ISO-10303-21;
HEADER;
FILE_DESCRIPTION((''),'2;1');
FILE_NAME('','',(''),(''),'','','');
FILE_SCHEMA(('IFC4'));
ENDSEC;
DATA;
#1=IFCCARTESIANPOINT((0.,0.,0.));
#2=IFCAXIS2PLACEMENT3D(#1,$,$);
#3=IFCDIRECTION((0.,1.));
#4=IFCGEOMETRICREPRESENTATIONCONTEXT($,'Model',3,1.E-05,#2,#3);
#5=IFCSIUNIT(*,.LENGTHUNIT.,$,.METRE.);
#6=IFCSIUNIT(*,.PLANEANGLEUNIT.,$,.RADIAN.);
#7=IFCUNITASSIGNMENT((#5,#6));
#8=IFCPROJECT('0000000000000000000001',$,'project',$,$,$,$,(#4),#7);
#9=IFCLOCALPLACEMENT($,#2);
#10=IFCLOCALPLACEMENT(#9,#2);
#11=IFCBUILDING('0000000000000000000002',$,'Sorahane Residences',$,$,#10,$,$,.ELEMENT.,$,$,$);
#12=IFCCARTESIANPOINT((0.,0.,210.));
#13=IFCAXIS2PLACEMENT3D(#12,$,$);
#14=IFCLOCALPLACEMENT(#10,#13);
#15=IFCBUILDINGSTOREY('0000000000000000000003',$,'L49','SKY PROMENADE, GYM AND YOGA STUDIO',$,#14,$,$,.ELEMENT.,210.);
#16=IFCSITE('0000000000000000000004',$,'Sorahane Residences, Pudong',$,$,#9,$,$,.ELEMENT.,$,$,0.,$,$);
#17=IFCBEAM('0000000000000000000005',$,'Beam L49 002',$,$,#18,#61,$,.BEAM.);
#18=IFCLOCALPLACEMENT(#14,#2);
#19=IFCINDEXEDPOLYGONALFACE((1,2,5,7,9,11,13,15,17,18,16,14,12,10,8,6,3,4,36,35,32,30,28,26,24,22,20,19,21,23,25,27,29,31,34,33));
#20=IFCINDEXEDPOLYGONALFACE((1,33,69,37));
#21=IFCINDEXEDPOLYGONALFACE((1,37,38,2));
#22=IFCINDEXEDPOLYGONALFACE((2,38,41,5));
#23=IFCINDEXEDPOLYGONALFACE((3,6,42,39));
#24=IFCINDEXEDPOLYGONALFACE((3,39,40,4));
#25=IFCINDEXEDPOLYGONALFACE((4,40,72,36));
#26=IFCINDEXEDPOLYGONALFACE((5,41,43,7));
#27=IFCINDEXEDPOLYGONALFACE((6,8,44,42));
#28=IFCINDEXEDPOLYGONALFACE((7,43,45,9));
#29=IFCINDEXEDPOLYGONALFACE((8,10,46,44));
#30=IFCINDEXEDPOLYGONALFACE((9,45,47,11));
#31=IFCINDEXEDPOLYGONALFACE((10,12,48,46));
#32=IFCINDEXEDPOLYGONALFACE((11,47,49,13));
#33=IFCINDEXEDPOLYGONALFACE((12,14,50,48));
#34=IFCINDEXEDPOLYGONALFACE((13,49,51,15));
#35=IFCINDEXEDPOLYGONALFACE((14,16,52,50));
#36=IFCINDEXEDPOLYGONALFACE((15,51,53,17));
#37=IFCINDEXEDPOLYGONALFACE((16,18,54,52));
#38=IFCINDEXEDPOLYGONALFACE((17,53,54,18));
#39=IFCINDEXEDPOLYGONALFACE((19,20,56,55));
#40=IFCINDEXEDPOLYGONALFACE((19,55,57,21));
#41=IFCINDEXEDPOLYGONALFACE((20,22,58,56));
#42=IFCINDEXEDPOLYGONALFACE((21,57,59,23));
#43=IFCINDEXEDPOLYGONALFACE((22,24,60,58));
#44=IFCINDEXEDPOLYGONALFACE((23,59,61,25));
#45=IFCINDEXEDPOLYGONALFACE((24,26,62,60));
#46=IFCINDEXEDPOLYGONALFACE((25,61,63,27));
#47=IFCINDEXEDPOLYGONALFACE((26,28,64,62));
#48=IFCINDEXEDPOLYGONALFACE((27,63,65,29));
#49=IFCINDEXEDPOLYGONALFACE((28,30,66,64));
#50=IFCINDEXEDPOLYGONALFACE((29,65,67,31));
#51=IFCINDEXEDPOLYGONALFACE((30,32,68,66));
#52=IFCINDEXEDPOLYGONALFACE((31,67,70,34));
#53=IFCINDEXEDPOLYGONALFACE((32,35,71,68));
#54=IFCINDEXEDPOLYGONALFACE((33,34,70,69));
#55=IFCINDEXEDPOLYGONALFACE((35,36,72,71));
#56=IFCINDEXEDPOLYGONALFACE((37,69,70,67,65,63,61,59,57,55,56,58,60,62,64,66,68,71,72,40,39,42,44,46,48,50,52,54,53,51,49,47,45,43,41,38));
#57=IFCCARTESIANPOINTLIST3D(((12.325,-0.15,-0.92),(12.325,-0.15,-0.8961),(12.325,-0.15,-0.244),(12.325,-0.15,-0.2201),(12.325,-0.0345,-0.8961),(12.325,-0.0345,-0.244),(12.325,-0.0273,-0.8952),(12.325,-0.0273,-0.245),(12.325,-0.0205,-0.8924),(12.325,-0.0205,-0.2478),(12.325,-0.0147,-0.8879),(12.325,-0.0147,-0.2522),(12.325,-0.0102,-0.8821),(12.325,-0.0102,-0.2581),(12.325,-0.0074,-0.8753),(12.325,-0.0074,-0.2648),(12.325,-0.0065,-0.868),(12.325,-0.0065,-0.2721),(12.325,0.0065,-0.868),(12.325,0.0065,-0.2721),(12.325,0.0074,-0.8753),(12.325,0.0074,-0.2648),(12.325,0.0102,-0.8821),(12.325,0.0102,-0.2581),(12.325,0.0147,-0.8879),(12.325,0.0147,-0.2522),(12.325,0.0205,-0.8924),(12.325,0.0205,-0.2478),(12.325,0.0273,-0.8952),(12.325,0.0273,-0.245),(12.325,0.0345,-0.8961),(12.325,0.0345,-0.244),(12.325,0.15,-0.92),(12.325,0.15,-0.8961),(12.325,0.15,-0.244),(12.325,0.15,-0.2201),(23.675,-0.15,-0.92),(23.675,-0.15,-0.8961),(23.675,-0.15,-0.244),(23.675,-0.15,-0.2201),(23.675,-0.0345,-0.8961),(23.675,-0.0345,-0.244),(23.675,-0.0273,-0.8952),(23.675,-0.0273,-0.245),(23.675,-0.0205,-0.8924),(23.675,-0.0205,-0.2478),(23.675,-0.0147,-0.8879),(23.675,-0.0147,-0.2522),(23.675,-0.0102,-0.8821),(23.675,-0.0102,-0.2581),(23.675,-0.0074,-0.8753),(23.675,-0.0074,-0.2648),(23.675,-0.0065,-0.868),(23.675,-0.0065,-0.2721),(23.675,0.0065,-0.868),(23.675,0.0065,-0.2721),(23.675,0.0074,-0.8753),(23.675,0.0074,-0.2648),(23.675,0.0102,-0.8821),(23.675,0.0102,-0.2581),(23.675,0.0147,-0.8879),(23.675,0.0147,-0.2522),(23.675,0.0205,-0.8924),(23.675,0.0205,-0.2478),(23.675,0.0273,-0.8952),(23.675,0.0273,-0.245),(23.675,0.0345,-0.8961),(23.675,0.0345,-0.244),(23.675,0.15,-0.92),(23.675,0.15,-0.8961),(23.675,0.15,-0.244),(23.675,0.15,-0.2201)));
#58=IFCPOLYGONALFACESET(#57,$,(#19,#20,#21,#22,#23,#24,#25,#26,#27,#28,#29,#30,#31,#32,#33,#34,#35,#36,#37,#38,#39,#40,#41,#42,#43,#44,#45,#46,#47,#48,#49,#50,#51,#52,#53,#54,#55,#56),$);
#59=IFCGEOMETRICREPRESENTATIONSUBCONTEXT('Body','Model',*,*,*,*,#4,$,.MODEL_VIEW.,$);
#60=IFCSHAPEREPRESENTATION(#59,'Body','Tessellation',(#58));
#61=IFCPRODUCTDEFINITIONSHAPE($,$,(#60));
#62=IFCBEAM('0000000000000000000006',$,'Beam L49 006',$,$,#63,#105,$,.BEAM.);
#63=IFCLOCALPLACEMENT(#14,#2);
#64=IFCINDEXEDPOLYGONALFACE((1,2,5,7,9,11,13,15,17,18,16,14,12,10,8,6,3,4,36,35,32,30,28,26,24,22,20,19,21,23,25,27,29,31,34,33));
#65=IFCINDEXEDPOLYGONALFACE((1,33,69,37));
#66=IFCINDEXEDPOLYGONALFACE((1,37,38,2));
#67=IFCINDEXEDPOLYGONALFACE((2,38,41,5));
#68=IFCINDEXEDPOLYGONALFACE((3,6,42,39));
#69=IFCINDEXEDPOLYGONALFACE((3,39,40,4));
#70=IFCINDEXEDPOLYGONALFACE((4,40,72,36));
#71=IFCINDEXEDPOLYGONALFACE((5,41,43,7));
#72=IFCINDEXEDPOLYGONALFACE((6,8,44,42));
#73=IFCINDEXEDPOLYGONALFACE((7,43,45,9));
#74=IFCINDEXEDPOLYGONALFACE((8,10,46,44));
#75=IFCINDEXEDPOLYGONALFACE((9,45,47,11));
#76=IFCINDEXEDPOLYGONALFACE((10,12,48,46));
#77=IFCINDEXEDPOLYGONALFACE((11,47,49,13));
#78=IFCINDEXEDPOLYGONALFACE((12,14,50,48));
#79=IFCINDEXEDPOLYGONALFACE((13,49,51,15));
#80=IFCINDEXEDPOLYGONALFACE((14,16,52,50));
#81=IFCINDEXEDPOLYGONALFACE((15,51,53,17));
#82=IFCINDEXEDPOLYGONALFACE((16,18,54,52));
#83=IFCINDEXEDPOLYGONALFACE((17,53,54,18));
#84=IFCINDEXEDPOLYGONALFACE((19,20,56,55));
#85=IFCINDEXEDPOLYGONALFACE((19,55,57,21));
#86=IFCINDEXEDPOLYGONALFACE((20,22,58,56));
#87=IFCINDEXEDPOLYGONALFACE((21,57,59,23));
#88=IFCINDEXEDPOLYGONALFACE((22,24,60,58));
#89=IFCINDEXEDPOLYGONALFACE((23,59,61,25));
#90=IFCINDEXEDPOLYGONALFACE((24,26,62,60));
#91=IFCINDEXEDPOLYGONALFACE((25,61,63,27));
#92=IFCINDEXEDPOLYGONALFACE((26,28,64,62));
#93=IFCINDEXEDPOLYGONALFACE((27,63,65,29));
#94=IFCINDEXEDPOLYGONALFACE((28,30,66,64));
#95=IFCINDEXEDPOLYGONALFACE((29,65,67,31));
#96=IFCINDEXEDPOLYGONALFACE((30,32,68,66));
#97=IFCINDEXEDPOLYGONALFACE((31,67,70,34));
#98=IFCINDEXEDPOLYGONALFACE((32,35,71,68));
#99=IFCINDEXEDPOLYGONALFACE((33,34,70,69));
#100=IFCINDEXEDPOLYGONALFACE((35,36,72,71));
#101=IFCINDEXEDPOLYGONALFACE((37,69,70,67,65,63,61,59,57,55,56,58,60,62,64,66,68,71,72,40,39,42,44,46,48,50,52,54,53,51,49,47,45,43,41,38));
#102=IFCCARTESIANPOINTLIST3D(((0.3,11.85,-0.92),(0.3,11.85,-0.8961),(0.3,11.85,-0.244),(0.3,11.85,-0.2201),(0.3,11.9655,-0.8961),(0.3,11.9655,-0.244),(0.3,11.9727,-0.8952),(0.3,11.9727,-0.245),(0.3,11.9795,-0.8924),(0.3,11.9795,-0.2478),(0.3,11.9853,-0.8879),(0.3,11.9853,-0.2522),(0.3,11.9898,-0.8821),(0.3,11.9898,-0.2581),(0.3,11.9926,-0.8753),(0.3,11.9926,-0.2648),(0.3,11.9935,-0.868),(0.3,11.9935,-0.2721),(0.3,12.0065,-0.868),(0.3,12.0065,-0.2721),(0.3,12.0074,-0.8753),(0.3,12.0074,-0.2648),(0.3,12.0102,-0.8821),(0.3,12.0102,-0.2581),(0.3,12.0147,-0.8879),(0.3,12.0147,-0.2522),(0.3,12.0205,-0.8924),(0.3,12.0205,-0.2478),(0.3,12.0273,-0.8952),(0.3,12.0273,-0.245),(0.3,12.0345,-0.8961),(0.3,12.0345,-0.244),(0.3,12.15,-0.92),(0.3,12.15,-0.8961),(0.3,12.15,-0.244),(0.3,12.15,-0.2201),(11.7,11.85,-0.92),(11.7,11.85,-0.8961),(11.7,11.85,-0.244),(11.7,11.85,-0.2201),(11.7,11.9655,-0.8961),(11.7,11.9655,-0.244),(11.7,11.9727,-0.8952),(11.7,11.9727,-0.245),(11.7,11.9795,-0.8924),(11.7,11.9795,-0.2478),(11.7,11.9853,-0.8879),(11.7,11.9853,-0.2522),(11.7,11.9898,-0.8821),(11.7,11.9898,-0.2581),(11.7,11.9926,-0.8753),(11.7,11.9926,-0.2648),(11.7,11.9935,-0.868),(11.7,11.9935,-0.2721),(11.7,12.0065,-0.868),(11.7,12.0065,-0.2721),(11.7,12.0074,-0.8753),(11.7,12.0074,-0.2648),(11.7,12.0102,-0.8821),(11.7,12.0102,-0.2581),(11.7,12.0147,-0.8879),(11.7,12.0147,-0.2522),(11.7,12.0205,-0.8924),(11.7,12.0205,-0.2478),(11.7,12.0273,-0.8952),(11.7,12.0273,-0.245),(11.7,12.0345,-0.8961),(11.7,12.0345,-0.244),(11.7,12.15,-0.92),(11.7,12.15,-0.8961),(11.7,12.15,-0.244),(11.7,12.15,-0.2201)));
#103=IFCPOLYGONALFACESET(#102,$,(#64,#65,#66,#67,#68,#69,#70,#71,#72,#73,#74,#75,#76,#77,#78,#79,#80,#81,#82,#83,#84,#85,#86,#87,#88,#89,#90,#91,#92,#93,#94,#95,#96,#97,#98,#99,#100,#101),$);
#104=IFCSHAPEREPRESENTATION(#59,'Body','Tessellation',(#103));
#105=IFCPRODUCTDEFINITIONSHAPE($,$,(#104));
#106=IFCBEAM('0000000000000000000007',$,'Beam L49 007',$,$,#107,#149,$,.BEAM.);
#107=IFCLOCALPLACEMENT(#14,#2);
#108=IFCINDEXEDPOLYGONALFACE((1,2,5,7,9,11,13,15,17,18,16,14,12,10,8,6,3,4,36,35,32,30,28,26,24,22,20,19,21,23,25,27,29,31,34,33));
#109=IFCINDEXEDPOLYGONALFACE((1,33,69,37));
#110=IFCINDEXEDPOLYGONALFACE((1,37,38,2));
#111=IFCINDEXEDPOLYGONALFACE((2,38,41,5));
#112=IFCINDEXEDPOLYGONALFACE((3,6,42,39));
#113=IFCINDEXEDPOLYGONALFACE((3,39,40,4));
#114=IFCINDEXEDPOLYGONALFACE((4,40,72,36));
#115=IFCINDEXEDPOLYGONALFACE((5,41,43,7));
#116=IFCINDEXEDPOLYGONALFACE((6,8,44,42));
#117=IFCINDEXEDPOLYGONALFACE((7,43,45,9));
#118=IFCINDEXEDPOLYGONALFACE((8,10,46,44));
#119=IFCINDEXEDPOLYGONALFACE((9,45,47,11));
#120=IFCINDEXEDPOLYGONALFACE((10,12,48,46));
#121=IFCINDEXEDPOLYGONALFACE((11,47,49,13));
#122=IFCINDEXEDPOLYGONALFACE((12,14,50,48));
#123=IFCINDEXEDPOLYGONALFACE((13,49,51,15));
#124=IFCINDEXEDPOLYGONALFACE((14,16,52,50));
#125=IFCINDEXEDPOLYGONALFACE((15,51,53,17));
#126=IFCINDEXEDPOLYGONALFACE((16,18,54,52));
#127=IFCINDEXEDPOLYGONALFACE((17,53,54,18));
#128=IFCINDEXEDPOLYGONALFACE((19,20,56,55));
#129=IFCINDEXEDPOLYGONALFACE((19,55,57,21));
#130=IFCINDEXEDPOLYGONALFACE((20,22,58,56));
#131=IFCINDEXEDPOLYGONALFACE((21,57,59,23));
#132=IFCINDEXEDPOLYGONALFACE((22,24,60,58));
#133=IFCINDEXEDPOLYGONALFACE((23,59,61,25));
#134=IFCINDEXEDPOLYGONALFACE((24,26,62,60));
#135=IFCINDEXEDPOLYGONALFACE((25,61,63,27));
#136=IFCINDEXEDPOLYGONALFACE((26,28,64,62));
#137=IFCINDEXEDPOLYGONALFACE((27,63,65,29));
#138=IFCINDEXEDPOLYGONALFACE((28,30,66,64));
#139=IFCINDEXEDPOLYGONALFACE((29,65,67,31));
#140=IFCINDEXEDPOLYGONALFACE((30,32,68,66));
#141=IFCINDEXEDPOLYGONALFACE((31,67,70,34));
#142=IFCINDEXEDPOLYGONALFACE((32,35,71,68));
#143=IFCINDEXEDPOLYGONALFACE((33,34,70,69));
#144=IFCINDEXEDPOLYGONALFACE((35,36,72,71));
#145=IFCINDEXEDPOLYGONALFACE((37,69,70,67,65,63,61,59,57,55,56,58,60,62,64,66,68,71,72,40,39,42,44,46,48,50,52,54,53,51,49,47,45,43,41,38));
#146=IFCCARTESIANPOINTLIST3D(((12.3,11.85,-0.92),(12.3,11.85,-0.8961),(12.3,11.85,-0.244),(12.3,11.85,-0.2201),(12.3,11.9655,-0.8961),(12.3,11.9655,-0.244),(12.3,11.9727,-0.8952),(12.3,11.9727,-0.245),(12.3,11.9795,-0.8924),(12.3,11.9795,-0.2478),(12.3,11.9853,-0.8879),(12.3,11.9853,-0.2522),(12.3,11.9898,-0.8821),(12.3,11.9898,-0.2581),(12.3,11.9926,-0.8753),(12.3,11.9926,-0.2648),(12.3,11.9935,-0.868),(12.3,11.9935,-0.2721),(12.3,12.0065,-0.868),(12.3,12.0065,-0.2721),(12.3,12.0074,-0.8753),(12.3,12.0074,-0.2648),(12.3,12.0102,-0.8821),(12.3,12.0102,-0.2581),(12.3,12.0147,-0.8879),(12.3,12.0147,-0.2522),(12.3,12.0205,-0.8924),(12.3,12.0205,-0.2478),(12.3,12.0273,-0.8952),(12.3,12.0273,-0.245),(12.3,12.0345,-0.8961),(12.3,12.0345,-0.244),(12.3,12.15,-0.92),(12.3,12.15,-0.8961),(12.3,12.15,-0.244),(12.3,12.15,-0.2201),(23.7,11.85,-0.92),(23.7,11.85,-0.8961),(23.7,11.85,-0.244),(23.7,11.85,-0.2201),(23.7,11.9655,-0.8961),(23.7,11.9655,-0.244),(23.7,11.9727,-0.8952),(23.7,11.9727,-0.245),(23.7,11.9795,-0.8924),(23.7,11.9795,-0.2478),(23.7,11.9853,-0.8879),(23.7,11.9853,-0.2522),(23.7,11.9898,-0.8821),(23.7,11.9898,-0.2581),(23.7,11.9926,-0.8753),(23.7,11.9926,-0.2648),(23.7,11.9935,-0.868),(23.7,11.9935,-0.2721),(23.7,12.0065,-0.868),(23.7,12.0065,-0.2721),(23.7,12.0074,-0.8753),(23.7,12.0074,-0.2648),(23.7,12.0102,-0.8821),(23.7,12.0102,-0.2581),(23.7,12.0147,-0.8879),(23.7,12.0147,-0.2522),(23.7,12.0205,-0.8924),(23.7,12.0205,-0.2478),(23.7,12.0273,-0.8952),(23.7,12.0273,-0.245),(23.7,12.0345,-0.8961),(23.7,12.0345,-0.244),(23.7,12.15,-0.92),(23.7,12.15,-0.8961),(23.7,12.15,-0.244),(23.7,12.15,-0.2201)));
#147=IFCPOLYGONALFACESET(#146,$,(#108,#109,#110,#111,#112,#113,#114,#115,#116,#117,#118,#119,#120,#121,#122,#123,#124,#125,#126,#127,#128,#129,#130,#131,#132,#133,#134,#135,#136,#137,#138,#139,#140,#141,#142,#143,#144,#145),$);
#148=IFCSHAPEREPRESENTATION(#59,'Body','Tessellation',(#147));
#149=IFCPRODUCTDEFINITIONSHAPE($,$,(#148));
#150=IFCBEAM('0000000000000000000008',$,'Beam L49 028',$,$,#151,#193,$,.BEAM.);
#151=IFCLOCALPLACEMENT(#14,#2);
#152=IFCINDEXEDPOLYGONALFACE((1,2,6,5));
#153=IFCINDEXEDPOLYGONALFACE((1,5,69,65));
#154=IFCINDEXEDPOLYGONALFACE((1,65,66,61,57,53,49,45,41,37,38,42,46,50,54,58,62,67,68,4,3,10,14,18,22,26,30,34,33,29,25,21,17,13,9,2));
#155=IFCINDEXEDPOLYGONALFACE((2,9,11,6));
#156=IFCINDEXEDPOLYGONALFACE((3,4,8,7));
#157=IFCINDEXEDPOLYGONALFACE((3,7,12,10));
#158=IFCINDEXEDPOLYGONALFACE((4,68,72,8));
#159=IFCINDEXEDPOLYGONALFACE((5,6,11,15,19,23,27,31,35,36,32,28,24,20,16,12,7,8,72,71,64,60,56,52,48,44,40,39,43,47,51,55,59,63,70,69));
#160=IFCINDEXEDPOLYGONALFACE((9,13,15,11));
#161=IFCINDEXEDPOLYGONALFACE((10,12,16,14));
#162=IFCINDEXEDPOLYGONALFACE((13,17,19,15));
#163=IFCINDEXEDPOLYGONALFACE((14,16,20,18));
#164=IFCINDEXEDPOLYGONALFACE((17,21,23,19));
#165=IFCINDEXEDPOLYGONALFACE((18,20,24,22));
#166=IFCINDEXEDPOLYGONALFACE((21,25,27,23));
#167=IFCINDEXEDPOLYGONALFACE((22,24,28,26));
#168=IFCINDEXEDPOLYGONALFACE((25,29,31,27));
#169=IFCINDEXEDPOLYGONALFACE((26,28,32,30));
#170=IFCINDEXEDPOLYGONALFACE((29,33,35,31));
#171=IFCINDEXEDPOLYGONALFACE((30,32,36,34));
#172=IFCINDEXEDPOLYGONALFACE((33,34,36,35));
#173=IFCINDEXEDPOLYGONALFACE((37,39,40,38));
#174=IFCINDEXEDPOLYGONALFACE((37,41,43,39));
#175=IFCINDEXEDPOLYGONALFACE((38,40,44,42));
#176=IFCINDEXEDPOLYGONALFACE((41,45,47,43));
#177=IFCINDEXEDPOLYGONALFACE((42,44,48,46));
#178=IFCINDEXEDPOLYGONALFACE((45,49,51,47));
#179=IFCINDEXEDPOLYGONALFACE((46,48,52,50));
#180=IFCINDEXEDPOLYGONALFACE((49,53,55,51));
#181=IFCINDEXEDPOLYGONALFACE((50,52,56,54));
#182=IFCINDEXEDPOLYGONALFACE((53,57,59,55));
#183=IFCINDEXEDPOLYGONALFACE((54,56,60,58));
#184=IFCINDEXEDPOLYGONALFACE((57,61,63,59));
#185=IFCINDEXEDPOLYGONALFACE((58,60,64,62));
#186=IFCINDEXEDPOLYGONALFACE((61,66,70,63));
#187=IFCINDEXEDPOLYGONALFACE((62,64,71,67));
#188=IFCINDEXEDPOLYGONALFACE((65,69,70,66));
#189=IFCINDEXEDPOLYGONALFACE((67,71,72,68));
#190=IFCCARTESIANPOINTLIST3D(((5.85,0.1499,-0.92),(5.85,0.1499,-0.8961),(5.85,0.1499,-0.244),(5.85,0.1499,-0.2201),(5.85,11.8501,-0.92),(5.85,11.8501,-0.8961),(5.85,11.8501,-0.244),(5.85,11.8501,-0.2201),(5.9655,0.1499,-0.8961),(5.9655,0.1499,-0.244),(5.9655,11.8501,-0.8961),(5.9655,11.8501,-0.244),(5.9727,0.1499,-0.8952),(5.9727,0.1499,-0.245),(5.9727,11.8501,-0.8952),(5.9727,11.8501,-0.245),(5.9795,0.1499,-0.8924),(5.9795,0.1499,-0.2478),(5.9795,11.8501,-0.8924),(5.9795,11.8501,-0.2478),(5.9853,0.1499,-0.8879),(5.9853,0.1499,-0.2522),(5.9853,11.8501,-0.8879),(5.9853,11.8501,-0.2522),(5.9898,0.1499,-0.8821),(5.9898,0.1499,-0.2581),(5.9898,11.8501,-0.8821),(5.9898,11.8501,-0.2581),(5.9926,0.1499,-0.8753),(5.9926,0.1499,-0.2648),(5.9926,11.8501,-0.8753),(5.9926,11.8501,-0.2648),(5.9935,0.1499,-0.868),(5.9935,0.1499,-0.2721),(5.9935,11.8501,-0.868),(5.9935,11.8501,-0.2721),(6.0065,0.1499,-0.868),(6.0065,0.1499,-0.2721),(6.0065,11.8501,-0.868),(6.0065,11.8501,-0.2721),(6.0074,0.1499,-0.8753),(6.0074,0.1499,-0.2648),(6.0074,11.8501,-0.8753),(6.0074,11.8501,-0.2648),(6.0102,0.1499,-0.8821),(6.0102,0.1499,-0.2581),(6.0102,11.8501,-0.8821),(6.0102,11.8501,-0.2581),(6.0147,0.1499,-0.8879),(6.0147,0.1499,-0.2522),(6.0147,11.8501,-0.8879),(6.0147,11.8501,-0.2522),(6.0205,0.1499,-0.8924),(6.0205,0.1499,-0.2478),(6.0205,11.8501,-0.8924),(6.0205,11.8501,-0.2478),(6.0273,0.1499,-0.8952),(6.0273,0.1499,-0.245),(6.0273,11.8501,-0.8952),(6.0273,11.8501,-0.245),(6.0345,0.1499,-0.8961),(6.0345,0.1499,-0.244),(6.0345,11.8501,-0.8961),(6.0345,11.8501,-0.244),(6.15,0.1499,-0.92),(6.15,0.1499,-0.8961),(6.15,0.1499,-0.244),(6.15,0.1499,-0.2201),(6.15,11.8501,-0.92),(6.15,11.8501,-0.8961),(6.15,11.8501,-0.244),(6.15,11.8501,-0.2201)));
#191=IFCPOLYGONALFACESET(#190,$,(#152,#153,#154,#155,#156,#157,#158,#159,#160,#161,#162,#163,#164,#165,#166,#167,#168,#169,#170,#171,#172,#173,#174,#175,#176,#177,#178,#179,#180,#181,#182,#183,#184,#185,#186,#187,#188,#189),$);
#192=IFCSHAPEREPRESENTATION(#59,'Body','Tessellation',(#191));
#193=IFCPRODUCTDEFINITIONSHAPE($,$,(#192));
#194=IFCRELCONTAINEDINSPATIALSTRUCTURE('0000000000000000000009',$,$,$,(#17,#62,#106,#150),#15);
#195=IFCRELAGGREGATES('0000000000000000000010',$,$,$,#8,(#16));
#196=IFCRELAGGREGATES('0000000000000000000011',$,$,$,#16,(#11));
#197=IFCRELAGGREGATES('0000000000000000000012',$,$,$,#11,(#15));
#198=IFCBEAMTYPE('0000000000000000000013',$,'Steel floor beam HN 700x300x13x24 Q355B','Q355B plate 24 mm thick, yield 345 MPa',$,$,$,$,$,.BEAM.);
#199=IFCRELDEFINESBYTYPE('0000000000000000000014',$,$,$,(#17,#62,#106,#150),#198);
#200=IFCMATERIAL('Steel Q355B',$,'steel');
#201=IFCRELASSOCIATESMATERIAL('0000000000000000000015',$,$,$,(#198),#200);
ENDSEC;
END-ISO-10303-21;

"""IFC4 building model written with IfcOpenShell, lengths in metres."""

from ifc_helpers import new_model, si_unit, direction, frame, origin, origin_2d, place, context, subcontext, project, spatial, i_section, extrude, material, material_profile, profile_set, type_object, element, save


model = new_model("IFC4")

# Units and contexts
model_context = context("Model", 3, precision=1e-05, world=origin(), true_north=direction((0.0, 1.0)))
body_context = subcontext(model_context, "Body", "Model", "MODEL_VIEW")
ifc_project = project(units=[si_unit("LENGTHUNIT", "METRE"), si_unit("PLANEANGLEUNIT", "RADIAN")], contexts=[model_context])

# Site, building, storey
site_placement = place(None, origin())
site = spatial("IfcSite", under=ifc_project, at=site_placement, Name="Sorahane Residences, Pudong", CompositionType="ELEMENT", RefElevation=0.0)
building_placement = place(site_placement, origin())
building = spatial("IfcBuilding", under=site, at=building_placement, Name="Sorahane Residences", CompositionType="ELEMENT")
storey_placement = place(building_placement, frame((0.0, 0.0, 210.0)))
storey = spatial("IfcBuildingStorey", under=building, at=storey_placement, Name="L49", Description="SKY PROMENADE, GYM AND YOGA STUDIO", CompositionType="ELEMENT", Elevation=210.0)

# Beams
ifc_material_1 = material(Name="Steel Q355B", Category="steel")
ifc_material_profile_1 = material_profile(ifc_material_1, i_section(OverallWidth=0.3, OverallDepth=0.7, WebThickness=0.0129, FlangeThickness=0.0239, FilletRadius=0.0281, at=origin_2d()), Name="HN 700x300x13x24")
ifc_profile_set_1 = profile_set([ifc_material_profile_1], Name="Steel Q355B")
beam_type_1 = type_object("IfcBeamType", Name="Steel floor beam HN 700x300x13x24 Q355B", Description="Q355B plate 24 mm thick, yield 345 MPa", PredefinedType="BEAM", material=ifc_profile_set_1)
for number, where, z_axis, x_axis, name in (
    (1, (12.325, 0.0, -0.5701), (1.0, 0.0, 0.0), (0.0, 1.0, 0.0), "Beam L49 002"),
):
    element("IfcBeam", number, at=place(storey_placement, frame(where, z_axis=z_axis, x_axis=x_axis)), inside=storey, type_object=beam_type_1, Name=name, PredefinedType="BEAM", context=body_context, shape_type="SweptSolid", body=[
        extrude(i_section(OverallWidth=0.3, OverallDepth=0.7, WebThickness=0.0129, FlangeThickness=0.0239, FilletRadius=0.0281, at=origin_2d()), origin(), (0.0, 0.0, 1.0), 11.3501),
    ])
for number, where, z_axis, x_axis, name in (
    (2, (0.3, 12.0, -0.5701), (1.0, 0.0, 0.0), (0.0, 1.0, 0.0), "Beam L49 006"),
    (3, (12.3, 12.0, -0.5701), (1.0, 0.0, 0.0), (0.0, 1.0, 0.0), "Beam L49 007"),
):
    element("IfcBeam", number, at=place(storey_placement, frame(where, z_axis=z_axis, x_axis=x_axis)), inside=storey, type_object=beam_type_1, Name=name, PredefinedType="BEAM", context=body_context, shape_type="SweptSolid", body=[
        extrude(i_section(OverallWidth=0.3, OverallDepth=0.7, WebThickness=0.0129, FlangeThickness=0.0239, FilletRadius=0.0281, at=origin_2d()), origin(), (0.0, 0.0, 1.0), 11.3999),
    ])
beam_1_placement = place(storey_placement, frame((6.0, 0.1499, -0.5701), z_axis=(0.0, 1.0, 0.0), x_axis=(-1.0, 0.0, 0.0)))
element("IfcBeam", 4, at=beam_1_placement, inside=storey, type_object=beam_type_1, Name="Beam L49 028", PredefinedType="BEAM", context=body_context, shape_type="SweptSolid", body=[
    extrude(i_section(OverallWidth=0.3, OverallDepth=0.7, WebThickness=0.0129, FlangeThickness=0.0239, FilletRadius=0.0281, at=origin_2d()), origin(), (0.0, 0.0, 1.0), 11.7002),
])

save(model, "model.ifc")
